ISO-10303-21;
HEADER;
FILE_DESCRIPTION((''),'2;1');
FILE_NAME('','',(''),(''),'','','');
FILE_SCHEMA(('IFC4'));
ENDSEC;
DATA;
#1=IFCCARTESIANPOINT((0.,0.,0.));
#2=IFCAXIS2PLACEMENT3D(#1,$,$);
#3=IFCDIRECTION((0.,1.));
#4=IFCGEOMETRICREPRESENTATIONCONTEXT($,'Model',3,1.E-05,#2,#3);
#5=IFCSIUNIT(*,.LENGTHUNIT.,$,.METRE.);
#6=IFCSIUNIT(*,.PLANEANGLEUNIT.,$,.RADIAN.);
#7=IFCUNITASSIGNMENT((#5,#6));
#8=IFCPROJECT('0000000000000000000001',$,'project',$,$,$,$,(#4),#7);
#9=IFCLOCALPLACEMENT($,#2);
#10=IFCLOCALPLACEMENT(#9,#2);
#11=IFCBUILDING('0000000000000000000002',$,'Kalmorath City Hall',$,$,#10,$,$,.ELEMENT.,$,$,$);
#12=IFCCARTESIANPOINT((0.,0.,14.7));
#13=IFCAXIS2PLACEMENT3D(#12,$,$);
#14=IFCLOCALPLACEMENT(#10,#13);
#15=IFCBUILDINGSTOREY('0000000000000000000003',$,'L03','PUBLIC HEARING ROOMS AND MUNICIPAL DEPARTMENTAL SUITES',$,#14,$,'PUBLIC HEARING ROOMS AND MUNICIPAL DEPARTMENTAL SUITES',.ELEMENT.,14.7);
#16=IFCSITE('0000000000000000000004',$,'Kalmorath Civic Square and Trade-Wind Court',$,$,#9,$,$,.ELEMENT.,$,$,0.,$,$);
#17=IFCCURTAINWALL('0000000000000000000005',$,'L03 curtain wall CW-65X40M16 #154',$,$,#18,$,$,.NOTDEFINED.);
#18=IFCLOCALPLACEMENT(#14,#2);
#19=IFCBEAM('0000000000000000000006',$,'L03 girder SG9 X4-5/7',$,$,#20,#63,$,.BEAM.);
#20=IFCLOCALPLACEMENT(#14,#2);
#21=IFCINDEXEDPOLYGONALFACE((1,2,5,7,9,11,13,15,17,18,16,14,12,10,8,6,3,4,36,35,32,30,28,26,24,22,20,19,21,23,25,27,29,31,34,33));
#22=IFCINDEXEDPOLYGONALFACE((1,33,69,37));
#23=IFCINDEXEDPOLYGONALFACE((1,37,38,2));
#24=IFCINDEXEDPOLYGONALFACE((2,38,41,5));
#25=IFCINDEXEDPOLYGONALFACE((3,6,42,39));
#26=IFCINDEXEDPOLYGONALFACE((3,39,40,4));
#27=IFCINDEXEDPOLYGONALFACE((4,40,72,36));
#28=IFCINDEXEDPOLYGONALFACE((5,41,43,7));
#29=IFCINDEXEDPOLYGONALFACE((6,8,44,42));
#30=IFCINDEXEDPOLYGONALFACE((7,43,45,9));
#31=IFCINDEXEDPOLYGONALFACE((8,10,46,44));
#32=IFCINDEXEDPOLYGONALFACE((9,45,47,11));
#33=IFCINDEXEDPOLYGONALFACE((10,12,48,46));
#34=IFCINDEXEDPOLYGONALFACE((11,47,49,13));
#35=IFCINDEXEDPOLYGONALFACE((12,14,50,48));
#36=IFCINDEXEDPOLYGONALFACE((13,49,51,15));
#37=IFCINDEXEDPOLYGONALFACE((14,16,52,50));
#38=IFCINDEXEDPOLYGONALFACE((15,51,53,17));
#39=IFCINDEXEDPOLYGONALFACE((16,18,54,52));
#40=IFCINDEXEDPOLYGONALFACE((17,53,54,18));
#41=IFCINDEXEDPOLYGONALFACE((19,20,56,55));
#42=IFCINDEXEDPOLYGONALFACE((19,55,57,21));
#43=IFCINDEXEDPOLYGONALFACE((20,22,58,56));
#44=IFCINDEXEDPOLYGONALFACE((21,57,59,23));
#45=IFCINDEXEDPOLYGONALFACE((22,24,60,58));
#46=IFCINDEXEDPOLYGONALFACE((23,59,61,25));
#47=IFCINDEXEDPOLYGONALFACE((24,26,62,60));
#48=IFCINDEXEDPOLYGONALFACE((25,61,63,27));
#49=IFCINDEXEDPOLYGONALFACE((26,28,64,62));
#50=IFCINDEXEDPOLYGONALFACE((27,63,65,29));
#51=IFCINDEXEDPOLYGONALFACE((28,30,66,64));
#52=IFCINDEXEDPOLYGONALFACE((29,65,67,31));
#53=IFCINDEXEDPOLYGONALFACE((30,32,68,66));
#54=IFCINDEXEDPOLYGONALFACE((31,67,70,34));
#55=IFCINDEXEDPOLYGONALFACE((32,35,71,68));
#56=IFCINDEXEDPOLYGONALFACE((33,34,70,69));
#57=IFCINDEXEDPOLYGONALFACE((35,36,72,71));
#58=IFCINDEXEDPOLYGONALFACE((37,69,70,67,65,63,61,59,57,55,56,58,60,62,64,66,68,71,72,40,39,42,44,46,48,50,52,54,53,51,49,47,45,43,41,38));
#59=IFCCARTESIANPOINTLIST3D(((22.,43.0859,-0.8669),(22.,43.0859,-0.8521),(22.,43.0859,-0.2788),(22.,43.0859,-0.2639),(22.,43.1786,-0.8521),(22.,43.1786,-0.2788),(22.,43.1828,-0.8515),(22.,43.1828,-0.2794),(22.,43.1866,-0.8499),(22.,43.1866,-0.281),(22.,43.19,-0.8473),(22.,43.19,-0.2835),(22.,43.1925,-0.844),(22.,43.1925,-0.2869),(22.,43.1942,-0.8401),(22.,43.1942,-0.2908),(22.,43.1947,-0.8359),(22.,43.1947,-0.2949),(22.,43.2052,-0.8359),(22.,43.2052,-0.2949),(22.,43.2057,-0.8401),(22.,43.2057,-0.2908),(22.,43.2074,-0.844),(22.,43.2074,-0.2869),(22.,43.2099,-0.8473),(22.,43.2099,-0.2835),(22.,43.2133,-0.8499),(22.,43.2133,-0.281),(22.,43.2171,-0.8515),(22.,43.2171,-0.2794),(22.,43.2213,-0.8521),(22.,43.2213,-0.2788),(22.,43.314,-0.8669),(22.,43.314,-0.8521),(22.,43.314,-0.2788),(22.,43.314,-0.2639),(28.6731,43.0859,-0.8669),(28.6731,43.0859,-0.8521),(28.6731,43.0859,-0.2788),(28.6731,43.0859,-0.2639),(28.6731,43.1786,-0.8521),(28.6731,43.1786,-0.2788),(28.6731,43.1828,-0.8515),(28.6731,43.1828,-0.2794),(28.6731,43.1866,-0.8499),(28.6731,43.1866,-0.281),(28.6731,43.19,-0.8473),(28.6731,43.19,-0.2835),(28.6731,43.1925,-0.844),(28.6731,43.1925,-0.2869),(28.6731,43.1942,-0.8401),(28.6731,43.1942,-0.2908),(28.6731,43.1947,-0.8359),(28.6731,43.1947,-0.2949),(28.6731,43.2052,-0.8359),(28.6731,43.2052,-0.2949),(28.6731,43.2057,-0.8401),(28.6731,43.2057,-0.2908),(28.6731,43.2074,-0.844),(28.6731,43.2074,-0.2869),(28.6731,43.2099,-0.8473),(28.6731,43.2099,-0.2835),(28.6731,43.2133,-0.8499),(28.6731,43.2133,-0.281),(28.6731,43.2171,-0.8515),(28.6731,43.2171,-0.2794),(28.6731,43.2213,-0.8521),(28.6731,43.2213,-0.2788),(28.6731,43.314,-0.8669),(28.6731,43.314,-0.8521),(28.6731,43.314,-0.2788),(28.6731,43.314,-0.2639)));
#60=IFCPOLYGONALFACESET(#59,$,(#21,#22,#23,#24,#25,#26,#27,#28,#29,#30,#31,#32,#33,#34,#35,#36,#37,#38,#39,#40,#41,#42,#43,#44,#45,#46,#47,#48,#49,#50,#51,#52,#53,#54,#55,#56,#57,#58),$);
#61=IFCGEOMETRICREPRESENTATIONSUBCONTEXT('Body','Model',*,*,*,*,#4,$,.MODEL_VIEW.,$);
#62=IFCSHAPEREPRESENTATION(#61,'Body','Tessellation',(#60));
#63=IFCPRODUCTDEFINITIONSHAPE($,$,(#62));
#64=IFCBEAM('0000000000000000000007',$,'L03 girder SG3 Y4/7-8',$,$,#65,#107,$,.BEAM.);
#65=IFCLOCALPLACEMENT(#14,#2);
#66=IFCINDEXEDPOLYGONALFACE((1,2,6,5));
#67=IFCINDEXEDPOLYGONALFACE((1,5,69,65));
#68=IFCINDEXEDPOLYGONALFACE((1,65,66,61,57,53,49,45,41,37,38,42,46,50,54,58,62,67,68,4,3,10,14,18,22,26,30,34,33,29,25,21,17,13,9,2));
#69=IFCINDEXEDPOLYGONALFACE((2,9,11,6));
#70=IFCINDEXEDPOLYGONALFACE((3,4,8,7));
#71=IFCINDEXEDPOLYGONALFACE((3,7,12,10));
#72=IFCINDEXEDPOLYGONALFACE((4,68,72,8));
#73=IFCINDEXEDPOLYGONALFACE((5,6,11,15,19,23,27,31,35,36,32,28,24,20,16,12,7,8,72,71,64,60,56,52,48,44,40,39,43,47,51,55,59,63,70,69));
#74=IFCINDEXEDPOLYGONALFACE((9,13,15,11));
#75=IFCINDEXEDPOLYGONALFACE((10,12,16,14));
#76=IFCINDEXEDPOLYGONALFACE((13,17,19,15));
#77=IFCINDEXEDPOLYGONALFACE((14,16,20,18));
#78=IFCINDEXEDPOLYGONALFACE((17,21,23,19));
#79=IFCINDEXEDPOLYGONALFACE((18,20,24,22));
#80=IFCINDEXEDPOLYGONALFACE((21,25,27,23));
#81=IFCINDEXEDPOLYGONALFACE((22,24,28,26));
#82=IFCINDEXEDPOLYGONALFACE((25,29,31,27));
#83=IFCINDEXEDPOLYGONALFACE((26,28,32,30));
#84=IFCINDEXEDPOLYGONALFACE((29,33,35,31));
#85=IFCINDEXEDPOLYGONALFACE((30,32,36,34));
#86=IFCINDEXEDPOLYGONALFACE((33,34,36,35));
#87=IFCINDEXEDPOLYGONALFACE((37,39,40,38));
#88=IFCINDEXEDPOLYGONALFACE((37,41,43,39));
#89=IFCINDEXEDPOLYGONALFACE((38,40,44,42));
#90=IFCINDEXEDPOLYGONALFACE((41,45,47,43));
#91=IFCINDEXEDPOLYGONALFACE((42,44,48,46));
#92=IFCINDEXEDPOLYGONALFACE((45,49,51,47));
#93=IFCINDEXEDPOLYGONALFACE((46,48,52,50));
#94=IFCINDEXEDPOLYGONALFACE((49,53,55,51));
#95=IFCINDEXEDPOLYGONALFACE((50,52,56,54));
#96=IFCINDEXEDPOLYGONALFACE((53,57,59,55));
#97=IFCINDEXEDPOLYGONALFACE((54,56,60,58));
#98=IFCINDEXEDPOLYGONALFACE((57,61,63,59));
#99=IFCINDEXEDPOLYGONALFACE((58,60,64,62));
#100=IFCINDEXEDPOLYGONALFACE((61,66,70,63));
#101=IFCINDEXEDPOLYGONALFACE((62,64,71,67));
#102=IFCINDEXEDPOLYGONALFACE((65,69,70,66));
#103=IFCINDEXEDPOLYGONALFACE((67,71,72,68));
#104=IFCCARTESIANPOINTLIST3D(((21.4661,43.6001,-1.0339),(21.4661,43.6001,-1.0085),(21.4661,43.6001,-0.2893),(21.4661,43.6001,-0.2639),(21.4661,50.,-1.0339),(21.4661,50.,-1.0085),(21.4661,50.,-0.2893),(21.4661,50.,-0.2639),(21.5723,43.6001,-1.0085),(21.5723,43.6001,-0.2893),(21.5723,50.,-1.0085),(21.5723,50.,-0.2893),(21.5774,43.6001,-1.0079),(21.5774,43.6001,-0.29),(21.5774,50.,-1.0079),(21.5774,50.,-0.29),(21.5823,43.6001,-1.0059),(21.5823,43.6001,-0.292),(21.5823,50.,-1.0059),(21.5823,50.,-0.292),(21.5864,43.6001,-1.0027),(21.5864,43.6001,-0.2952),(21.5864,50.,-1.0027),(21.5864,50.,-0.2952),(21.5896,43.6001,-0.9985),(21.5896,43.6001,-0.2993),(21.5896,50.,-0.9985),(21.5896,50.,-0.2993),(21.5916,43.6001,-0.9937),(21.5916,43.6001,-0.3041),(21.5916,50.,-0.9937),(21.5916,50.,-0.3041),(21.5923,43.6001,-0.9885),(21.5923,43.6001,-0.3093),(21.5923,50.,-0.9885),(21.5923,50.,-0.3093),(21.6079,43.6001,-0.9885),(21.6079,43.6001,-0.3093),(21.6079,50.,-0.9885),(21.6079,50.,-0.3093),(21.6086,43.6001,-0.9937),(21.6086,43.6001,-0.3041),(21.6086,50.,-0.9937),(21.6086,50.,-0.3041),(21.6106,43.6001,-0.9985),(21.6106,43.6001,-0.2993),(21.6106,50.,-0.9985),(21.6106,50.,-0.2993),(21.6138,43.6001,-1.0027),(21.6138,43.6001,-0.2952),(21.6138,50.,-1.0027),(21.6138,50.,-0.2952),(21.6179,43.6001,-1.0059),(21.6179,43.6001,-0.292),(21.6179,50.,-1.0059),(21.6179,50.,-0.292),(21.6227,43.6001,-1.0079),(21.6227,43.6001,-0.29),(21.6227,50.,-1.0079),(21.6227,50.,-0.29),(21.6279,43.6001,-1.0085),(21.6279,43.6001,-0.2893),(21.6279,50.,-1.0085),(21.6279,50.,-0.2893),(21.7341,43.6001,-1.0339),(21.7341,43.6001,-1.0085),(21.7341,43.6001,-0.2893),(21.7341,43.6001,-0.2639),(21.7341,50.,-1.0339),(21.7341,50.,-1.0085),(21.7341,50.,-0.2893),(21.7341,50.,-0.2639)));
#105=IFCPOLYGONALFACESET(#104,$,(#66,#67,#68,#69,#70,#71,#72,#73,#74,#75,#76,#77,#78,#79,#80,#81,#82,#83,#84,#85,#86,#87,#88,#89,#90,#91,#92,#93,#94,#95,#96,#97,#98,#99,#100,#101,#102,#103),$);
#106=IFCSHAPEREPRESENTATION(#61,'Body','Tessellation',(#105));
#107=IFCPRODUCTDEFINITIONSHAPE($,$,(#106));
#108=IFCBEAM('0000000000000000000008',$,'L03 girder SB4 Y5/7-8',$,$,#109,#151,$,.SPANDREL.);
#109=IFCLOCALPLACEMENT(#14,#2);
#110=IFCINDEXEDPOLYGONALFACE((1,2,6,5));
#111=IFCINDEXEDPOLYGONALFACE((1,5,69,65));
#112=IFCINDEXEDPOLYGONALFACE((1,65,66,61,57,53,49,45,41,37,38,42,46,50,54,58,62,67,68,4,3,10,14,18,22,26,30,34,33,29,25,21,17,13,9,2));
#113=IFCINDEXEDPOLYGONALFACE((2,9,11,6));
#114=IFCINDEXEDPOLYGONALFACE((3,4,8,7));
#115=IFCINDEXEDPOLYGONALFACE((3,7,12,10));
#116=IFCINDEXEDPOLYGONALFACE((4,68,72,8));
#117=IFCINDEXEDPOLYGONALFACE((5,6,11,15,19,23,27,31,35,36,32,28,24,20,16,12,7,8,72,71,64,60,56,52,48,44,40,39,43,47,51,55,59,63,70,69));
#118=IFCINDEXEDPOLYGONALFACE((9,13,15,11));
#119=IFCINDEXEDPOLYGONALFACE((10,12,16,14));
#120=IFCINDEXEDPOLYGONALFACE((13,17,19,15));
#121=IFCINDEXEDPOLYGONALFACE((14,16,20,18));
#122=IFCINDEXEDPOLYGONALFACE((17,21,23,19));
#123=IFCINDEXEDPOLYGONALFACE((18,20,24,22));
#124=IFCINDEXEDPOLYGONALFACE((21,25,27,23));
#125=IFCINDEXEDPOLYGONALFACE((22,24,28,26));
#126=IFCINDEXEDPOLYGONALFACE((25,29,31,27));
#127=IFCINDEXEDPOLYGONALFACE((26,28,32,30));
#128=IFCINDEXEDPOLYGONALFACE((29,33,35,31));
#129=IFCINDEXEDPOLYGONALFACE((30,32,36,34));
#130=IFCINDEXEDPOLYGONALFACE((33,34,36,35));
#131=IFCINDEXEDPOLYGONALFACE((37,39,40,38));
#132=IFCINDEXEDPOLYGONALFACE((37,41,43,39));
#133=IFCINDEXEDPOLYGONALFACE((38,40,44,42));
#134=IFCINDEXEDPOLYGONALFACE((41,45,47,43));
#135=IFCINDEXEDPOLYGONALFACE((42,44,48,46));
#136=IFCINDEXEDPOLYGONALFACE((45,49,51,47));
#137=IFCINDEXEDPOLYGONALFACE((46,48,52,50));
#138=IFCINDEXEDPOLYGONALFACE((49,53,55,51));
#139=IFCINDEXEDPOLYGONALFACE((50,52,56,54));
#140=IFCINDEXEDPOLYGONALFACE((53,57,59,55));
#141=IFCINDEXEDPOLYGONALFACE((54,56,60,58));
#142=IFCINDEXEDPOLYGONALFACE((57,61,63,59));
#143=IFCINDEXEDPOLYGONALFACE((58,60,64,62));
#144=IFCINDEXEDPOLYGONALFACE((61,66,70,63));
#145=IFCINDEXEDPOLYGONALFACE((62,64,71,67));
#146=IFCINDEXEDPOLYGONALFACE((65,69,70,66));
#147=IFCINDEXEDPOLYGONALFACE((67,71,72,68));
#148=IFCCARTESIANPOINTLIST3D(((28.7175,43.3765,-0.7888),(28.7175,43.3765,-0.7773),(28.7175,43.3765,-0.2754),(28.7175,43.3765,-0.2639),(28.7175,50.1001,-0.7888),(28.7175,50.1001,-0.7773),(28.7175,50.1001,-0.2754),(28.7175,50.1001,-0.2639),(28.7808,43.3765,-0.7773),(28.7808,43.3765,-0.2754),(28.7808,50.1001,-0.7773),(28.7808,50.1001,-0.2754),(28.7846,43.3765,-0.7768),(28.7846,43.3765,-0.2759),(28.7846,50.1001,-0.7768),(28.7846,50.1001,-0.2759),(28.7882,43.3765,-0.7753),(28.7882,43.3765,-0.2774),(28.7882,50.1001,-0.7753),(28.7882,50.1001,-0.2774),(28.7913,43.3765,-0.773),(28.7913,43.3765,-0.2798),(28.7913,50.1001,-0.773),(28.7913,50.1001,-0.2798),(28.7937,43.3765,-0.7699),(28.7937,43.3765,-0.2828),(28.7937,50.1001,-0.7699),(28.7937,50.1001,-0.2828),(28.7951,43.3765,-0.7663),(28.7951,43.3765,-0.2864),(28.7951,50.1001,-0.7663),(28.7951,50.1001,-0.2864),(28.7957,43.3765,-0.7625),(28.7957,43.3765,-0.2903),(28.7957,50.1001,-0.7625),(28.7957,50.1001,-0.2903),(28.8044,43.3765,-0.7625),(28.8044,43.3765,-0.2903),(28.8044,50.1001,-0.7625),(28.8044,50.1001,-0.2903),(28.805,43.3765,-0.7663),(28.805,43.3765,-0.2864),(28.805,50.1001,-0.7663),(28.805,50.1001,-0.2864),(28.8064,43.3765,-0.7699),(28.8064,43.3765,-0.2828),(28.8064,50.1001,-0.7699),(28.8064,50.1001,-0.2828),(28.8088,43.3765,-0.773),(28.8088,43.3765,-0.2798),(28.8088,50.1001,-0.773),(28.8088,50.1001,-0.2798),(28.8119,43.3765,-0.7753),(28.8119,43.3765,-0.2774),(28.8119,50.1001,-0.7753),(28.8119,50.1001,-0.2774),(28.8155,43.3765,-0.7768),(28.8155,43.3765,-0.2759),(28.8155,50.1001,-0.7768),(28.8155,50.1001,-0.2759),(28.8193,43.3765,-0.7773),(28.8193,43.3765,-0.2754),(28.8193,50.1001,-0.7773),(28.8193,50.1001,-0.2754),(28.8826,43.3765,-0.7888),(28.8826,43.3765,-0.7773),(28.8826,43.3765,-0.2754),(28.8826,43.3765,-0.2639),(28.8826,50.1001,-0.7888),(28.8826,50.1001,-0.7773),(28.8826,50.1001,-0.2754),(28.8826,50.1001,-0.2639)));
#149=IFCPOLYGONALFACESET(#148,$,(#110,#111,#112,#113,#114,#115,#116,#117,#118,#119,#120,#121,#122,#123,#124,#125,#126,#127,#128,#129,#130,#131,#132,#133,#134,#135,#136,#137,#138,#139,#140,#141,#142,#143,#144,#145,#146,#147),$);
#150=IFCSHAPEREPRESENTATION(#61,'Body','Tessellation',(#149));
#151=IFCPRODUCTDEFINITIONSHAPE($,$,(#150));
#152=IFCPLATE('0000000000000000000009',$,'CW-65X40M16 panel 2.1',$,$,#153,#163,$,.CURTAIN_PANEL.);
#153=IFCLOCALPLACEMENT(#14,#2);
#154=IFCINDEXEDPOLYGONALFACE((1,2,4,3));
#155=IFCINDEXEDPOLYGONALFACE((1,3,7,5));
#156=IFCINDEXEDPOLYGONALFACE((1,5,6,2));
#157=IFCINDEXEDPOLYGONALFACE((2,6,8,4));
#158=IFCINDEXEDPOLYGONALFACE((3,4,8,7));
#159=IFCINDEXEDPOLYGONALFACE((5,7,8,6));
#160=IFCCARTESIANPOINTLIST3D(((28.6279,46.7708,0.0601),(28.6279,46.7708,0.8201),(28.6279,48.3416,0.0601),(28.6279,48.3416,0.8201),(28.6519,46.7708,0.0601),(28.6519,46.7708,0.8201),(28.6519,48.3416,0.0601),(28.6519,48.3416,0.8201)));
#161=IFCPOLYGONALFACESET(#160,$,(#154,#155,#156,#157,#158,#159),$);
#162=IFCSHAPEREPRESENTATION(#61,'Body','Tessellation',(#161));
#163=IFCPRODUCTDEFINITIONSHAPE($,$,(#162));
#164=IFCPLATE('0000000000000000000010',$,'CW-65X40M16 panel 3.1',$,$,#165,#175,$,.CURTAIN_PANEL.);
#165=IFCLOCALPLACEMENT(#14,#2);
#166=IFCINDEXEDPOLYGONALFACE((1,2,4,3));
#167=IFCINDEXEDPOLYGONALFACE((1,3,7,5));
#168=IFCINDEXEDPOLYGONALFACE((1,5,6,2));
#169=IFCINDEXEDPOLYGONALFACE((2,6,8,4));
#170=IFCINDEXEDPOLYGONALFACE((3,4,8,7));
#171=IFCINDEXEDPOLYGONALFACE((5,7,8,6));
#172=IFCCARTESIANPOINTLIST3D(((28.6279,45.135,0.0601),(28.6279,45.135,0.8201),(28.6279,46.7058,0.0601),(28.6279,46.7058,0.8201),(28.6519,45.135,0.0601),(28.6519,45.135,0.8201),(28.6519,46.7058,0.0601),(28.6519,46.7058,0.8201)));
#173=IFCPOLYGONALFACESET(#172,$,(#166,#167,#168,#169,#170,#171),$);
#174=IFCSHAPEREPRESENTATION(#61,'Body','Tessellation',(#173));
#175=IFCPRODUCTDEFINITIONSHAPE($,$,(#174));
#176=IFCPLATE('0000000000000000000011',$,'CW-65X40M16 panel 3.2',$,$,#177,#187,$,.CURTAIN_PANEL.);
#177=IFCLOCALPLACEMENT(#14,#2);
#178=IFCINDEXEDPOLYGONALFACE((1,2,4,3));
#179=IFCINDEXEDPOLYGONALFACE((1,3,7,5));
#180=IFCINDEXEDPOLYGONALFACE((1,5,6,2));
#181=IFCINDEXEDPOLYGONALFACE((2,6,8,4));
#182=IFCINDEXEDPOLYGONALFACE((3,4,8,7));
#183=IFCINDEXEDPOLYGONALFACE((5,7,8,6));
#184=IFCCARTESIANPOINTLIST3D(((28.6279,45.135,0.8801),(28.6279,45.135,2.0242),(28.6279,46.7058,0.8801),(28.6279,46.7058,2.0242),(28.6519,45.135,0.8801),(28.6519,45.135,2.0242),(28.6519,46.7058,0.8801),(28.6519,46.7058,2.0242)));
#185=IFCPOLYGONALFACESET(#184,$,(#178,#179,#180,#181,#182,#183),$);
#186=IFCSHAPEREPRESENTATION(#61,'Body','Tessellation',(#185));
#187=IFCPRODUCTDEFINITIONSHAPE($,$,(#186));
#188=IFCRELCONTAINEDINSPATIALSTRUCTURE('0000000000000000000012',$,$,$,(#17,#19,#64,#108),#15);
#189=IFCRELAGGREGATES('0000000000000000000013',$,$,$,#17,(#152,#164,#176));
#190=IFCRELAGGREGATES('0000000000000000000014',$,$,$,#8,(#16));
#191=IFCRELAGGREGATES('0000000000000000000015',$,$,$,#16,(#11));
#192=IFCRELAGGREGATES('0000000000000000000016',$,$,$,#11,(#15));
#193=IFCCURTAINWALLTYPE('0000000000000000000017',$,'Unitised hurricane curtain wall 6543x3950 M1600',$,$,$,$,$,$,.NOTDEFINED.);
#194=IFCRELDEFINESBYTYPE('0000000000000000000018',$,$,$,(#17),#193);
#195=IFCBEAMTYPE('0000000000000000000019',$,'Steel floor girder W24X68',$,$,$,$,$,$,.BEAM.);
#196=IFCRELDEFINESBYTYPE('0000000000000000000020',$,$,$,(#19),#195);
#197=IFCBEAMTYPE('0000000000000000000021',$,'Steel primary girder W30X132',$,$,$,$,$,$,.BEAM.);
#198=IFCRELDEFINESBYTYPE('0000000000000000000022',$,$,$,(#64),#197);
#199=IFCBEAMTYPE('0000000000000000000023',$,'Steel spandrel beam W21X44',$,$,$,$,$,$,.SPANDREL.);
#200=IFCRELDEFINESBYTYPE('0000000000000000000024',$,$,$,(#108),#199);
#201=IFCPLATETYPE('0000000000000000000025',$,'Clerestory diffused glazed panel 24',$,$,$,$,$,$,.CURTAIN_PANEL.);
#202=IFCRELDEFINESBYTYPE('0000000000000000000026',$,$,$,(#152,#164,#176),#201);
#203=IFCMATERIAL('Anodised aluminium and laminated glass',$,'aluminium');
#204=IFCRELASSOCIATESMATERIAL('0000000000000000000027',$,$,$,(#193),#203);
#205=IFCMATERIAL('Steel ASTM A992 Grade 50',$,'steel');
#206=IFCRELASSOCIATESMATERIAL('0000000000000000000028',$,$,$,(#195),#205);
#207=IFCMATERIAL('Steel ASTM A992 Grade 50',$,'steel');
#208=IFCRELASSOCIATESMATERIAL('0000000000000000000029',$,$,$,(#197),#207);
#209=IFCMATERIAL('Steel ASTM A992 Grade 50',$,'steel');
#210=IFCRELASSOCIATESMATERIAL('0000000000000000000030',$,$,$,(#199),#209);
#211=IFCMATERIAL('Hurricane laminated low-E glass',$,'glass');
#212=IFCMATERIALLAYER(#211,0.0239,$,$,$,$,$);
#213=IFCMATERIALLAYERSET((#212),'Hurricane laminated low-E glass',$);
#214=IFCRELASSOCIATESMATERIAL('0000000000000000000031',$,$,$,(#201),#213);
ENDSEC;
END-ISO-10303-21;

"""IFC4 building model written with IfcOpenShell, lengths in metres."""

from ifc_helpers import new_model, si_unit, direction, frame, origin, origin_2d, place, context, subcontext, project, spatial, rectangle, i_section, extrude, material, layer, layer_set, material_profile, profile_set, type_object, element, aggregate, save


model = new_model("IFC4")

# Units and contexts
model_context = context("Model", 3, precision=1e-05, world=origin(), true_north=direction((0.0, 1.0)))
body_context = subcontext(model_context, "Body", "Model", "MODEL_VIEW")
ifc_project = project(units=[si_unit("LENGTHUNIT", "METRE"), si_unit("PLANEANGLEUNIT", "RADIAN")], contexts=[model_context])

# Site, building, storey
site_placement = place(None, origin())
site = spatial("IfcSite", under=ifc_project, at=site_placement, Name="Kalmorath Civic Square and Trade-Wind Court", CompositionType="ELEMENT", RefElevation=0.0)
building_placement = place(site_placement, origin())
building = spatial("IfcBuilding", under=site, at=building_placement, Name="Kalmorath City Hall", CompositionType="ELEMENT")
storey_placement = place(building_placement, frame((0.0, 0.0, 14.7)))
storey = spatial("IfcBuildingStorey", under=building, at=storey_placement, Name="L03", Description="PUBLIC HEARING ROOMS AND MUNICIPAL DEPARTMENTAL SUITES", LongName="PUBLIC HEARING ROOMS AND MUNICIPAL DEPARTMENTAL SUITES", CompositionType="ELEMENT", Elevation=14.7)

# Curtain wall
ifc_material_1 = material(Name="Anodised aluminium and laminated glass", Category="aluminium")
curtain_wall_type = type_object("IfcCurtainWallType", Name="Unitised hurricane curtain wall 6543x3950 M1600", PredefinedType="NOTDEFINED", material=ifc_material_1)
curtain_wall_placement = place(storey_placement, origin())
curtain_wall = element("IfcCurtainWall", 1, at=curtain_wall_placement, inside=storey, type_object=curtain_wall_type, Name="L03 curtain wall CW-65X40M16 #154", PredefinedType="NOTDEFINED")

# Beams
ifc_material_2 = material(Name="Steel ASTM A992 Grade 50", Category="steel")
ifc_material_profile_1 = material_profile(ifc_material_2, i_section(OverallWidth=0.228, OverallDepth=0.603, WebThickness=0.0105, FlangeThickness=0.0149, FilletRadius=0.0161, at=origin_2d()), Name="W24X68")
ifc_profile_set_1 = profile_set([ifc_material_profile_1], Name="Steel ASTM A992 Grade 50")
beam_type_1 = type_object("IfcBeamType", Name="Steel floor girder W24X68", PredefinedType="BEAM", material=ifc_profile_set_1)
beam_1_placement = place(storey_placement, frame((22.0, 43.2, -0.5654), z_axis=(1.0, 0.0, 0.0), x_axis=(0.0, 1.0, 0.0)))
element("IfcBeam", 2, at=beam_1_placement, inside=storey, type_object=beam_type_1, Name="L03 girder SG9 X4-5/7", PredefinedType="BEAM", context=body_context, shape_type="SweptSolid", body=[
    extrude(i_section(OverallWidth=0.228, OverallDepth=0.603, WebThickness=0.0105, FlangeThickness=0.0149, FilletRadius=0.0161, at=origin_2d()), origin(), (0.0, 0.0, 1.0), 6.6731),
])
ifc_material_3 = material(Name="Steel ASTM A992 Grade 50", Category="steel")
ifc_material_profile_2 = material_profile(ifc_material_3, i_section(OverallWidth=0.2681, OverallDepth=0.77, WebThickness=0.0156, FlangeThickness=0.0254, FilletRadius=0.02, at=origin_2d()), Name="W30X132")
ifc_profile_set_2 = profile_set([ifc_material_profile_2], Name="Steel ASTM A992 Grade 50")
beam_type_2 = type_object("IfcBeamType", Name="Steel primary girder W30X132", PredefinedType="BEAM", material=ifc_profile_set_2)
beam_2_placement = place(storey_placement, frame((21.6001, 43.6001, -0.6489), z_axis=(0.0, 1.0, 0.0), x_axis=(-1.0, 0.0, 0.0)))
element("IfcBeam", 3, at=beam_2_placement, inside=storey, type_object=beam_type_2, Name="L03 girder SG3 Y4/7-8", PredefinedType="BEAM", context=body_context, shape_type="SweptSolid", body=[
    extrude(i_section(OverallWidth=0.2681, OverallDepth=0.77, WebThickness=0.0156, FlangeThickness=0.0254, FilletRadius=0.02, at=origin_2d()), origin(), (0.0, 0.0, 1.0), 6.3999),
])
ifc_material_4 = material(Name="Steel ASTM A992 Grade 50", Category="steel")
ifc_material_profile_3 = material_profile(ifc_material_4, i_section(OverallWidth=0.165, OverallDepth=0.5249, WebThickness=0.0088, FlangeThickness=0.0115, FilletRadius=0.0149, at=origin_2d()), Name="W21X44")
ifc_profile_set_3 = profile_set([ifc_material_profile_3], Name="Steel ASTM A992 Grade 50")
beam_type_3 = type_object("IfcBeamType", Name="Steel spandrel beam W21X44", PredefinedType="SPANDREL", material=ifc_profile_set_3)
beam_3_placement = place(storey_placement, frame((28.8, 43.3765, -0.5264), z_axis=(0.0, 1.0, 0.0), x_axis=(-1.0, 0.0, 0.0)))
element("IfcBeam", 4, at=beam_3_placement, inside=storey, type_object=beam_type_3, Name="L03 girder SB4 Y5/7-8", PredefinedType="SPANDREL", context=body_context, shape_type="SweptSolid", body=[
    extrude(i_section(OverallWidth=0.165, OverallDepth=0.5249, WebThickness=0.0088, FlangeThickness=0.0115, FilletRadius=0.0149, at=origin_2d()), origin(), (0.0, 0.0, 1.0), 6.7236),
])

# Plates
ifc_material_5 = material(Name="Hurricane laminated low-E glass", Category="glass")
ifc_layer_1 = layer(ifc_material_5, 0.0239)
ifc_layer_set_1 = layer_set([ifc_layer_1], Name="Hurricane laminated low-E glass")
plate_type = type_object("IfcPlateType", Name="Clerestory diffused glazed panel 24", PredefinedType="CURTAIN_PANEL", material=ifc_layer_set_1)
plate_1_placement = place(storey_placement, frame((28.6399, 47.5562, 0.0601), z_axis=(0.0, 0.0, 1.0), x_axis=(0.0, -1.0, 0.0)))
plate_1 = element("IfcPlate", 5, at=plate_1_placement, type_object=plate_type, Name="CW-65X40M16 panel 2.1", PredefinedType="CURTAIN_PANEL", context=body_context, shape_type="SweptSolid", body=[
    extrude(rectangle(XDim=1.5708, YDim=0.0239, at=origin_2d()), origin(), (0.0, 0.0, 1.0), 0.76),
])
plate_2_placement = place(storey_placement, frame((28.6399, 45.9204, 0.0601), z_axis=(0.0, 0.0, 1.0), x_axis=(0.0, -1.0, 0.0)))
plate_2 = element("IfcPlate", 6, at=plate_2_placement, type_object=plate_type, Name="CW-65X40M16 panel 3.1", PredefinedType="CURTAIN_PANEL", context=body_context, shape_type="SweptSolid", body=[
    extrude(rectangle(XDim=1.5708, YDim=0.0239, at=origin_2d()), origin(), (0.0, 0.0, 1.0), 0.76),
])
plate_3_placement = place(storey_placement, frame((28.6399, 45.9204, 0.8801), z_axis=(0.0, 0.0, 1.0), x_axis=(0.0, -1.0, 0.0)))
plate_3 = element("IfcPlate", 7, at=plate_3_placement, type_object=plate_type, Name="CW-65X40M16 panel 3.2", PredefinedType="CURTAIN_PANEL", context=body_context, shape_type="SweptSolid", body=[
    extrude(rectangle(XDim=1.5708, YDim=0.0239, at=origin_2d()), origin(), (0.0, 0.0, 1.0), 1.144),
])
aggregate(curtain_wall, [plate_1, plate_2, plate_3])

save(model, "model.ifc")
